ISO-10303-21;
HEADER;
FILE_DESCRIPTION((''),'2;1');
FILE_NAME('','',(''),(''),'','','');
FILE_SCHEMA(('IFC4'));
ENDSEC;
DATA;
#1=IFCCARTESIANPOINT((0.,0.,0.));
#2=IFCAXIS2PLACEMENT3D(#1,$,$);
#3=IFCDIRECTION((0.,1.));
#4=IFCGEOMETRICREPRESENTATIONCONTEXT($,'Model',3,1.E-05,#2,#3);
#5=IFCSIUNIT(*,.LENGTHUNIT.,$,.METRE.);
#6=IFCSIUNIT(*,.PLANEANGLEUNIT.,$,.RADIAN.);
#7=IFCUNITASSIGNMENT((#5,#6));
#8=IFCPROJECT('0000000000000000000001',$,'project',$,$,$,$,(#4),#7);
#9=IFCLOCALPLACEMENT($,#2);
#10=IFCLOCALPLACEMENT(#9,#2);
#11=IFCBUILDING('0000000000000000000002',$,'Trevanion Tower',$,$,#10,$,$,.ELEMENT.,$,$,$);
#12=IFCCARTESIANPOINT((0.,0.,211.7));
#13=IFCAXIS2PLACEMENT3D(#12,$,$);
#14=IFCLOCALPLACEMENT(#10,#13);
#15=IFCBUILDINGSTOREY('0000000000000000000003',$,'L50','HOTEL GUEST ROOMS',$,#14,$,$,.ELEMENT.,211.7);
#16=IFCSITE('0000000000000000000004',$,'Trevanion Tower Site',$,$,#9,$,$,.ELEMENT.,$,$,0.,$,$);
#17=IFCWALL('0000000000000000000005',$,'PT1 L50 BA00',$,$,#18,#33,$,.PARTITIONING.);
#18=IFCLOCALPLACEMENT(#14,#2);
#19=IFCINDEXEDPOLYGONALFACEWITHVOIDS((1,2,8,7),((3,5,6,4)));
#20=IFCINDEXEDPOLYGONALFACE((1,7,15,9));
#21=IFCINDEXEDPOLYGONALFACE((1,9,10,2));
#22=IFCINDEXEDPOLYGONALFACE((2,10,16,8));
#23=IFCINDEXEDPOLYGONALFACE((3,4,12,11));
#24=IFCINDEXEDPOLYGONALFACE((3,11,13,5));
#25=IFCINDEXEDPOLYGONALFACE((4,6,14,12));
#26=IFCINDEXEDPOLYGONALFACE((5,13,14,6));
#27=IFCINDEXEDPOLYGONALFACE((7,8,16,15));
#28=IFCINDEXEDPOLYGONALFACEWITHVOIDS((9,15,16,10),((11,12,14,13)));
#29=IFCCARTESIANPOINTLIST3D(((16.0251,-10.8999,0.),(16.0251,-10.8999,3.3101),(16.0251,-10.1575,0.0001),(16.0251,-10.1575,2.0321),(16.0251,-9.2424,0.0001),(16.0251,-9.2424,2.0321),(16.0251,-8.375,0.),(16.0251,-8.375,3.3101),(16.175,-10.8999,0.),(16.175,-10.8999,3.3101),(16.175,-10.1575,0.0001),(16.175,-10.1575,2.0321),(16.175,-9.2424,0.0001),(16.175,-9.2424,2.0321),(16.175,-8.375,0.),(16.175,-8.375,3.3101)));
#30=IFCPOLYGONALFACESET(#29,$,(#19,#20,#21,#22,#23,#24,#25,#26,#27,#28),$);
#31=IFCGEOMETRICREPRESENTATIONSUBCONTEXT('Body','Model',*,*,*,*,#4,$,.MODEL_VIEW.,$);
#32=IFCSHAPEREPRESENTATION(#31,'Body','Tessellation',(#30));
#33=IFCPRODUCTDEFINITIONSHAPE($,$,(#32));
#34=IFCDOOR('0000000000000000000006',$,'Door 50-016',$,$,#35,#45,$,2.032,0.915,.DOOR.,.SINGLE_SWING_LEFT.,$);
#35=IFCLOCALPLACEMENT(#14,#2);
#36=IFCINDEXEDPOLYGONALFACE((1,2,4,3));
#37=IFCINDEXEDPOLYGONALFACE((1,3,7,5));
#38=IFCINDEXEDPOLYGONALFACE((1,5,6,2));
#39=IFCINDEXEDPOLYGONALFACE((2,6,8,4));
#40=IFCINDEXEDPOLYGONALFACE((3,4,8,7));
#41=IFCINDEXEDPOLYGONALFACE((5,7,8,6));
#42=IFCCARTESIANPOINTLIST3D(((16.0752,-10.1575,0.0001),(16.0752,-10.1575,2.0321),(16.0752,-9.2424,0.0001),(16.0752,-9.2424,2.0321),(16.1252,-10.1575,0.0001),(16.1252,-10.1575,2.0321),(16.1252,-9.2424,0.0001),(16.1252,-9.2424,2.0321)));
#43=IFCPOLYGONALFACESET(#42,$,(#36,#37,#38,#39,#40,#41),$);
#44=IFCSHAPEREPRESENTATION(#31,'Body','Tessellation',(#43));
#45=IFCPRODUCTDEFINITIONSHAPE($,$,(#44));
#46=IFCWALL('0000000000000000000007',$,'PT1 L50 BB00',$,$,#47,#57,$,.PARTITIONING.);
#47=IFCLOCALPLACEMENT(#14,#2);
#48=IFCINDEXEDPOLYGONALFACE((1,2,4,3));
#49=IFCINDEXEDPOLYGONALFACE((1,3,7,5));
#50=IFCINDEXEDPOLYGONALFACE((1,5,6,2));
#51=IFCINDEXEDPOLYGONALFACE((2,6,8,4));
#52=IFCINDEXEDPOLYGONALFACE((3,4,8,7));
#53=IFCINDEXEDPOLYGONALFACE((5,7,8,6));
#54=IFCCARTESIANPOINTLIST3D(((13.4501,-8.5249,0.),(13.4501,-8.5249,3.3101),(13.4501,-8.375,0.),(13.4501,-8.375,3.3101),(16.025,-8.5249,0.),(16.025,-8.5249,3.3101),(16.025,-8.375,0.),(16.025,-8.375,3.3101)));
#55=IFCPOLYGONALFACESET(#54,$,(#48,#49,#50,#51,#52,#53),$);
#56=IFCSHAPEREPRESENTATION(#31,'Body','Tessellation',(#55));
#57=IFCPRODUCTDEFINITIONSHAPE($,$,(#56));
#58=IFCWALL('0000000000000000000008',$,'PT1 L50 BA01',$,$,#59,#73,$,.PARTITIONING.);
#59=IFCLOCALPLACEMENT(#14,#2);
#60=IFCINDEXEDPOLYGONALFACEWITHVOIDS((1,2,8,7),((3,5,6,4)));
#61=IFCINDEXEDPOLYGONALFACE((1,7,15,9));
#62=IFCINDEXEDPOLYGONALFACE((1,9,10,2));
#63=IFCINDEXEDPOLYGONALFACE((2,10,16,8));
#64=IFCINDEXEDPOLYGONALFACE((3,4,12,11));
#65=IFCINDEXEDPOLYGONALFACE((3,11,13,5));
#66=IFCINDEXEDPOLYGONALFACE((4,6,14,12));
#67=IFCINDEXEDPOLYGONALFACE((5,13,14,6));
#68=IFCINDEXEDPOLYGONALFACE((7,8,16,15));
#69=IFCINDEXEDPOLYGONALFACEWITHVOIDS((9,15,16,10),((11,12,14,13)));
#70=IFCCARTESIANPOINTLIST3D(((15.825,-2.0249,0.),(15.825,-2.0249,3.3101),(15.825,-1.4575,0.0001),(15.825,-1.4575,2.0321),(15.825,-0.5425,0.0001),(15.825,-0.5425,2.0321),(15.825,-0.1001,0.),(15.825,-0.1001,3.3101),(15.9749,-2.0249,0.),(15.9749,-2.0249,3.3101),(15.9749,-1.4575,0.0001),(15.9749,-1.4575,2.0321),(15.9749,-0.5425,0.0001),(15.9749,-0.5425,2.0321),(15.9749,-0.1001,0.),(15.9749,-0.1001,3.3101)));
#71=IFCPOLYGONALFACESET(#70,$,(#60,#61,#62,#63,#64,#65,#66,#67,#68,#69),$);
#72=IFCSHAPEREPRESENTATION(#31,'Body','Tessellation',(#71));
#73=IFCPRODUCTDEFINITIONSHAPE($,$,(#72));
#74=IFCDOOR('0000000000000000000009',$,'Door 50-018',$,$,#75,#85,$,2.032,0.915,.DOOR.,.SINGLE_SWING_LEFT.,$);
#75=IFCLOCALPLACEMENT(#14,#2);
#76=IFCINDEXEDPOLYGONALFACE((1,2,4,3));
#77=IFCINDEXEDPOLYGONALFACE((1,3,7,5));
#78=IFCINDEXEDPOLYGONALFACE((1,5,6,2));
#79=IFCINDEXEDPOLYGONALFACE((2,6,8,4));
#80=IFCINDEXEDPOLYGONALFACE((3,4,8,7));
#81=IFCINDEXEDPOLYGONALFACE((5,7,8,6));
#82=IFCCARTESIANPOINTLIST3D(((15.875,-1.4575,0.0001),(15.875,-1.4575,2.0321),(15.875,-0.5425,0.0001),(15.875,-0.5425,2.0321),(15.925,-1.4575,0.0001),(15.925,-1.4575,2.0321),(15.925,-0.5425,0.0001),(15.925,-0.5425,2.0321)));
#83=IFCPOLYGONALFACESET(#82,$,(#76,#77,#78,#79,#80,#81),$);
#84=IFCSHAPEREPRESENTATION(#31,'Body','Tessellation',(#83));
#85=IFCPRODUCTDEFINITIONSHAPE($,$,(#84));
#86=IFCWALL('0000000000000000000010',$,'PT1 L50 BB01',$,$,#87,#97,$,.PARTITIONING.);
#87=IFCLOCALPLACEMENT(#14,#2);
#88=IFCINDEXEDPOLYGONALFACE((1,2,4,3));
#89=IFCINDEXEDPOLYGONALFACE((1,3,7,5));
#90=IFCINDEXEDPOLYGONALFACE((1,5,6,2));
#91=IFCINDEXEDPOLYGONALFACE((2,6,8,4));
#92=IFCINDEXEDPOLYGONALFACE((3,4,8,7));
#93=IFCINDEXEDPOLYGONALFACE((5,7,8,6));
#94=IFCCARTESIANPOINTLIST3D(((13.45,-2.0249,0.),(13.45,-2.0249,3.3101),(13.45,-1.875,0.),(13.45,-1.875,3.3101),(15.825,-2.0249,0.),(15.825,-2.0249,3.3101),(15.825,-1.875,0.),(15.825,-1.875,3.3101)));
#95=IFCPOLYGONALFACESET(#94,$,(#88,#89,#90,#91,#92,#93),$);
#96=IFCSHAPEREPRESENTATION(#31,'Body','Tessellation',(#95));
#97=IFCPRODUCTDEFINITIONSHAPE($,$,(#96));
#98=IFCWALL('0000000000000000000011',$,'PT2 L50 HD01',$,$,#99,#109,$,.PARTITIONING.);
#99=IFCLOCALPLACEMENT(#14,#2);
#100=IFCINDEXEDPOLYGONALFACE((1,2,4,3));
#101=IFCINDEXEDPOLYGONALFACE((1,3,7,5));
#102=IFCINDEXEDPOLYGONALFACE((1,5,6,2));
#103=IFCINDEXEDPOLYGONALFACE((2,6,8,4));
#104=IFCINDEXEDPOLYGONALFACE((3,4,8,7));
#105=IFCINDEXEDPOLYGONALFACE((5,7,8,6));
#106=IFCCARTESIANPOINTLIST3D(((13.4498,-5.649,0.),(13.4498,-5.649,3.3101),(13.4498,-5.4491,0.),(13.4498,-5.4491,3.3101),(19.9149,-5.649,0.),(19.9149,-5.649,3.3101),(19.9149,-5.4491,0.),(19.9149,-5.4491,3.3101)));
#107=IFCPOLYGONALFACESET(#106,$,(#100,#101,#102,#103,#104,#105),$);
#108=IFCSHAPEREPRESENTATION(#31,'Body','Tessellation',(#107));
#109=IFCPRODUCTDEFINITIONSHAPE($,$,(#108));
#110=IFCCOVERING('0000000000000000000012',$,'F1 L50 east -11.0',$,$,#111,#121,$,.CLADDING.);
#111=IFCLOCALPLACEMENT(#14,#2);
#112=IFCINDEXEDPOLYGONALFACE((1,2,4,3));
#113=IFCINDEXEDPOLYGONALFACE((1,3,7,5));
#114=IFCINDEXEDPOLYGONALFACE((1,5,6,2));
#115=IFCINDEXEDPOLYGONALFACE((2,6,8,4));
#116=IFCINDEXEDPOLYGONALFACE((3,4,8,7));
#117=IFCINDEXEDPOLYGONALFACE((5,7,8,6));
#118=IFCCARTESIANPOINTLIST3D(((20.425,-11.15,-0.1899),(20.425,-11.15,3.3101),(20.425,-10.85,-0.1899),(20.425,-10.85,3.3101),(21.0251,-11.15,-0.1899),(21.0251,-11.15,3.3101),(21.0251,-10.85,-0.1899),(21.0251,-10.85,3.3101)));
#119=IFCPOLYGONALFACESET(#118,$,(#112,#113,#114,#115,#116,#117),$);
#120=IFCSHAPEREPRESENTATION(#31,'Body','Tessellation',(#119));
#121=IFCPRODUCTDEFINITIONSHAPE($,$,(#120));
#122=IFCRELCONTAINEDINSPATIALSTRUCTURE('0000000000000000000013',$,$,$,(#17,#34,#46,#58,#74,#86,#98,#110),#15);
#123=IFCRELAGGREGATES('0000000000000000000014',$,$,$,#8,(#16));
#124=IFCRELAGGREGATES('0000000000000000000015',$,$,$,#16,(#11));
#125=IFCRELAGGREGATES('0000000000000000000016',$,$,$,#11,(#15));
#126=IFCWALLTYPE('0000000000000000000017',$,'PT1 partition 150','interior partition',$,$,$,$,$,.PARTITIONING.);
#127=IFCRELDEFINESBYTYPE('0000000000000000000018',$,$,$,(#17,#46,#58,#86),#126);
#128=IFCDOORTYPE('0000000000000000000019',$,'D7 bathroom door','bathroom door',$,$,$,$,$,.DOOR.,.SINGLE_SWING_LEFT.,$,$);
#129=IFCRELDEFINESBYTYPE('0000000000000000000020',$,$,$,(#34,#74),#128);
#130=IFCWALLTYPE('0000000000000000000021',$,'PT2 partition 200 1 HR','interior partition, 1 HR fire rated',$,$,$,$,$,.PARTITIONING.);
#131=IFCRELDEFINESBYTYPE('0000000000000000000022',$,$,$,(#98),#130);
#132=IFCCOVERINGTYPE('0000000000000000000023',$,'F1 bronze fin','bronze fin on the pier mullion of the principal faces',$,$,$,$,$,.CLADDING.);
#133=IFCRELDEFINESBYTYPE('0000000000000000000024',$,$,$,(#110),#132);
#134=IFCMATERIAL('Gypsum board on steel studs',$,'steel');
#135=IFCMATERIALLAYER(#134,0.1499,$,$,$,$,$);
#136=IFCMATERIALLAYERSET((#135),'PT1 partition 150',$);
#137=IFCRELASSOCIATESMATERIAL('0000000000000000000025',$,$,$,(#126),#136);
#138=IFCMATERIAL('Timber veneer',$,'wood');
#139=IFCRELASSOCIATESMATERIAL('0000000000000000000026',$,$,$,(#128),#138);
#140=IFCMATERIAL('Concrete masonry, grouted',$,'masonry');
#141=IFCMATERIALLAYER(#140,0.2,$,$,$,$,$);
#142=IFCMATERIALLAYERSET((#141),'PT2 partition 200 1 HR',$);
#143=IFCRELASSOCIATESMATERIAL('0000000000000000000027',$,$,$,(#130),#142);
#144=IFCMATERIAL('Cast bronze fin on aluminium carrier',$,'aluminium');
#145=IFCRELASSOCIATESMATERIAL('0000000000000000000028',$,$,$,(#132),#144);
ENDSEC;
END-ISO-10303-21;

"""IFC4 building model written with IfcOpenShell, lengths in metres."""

from ifc_helpers import new_model, si_unit, direction, frame, frame_2d, origin, origin_2d, place, context, subcontext, project, spatial, rectangle, extrude, material, layer, layer_set, type_object, element, fill, save


model = new_model("IFC4")

# Units and contexts
model_context = context("Model", 3, precision=1e-05, world=origin(), true_north=direction((0.0, 1.0)))
body_context = subcontext(model_context, "Body", "Model", "MODEL_VIEW")
ifc_project = project(units=[si_unit("LENGTHUNIT", "METRE"), si_unit("PLANEANGLEUNIT", "RADIAN")], contexts=[model_context])

# Site, building, storey
site_placement = place(None, origin())
site = spatial("IfcSite", under=ifc_project, at=site_placement, Name="Trevanion Tower Site", CompositionType="ELEMENT", RefElevation=0.0)
building_placement = place(site_placement, origin())
building = spatial("IfcBuilding", under=site, at=building_placement, Name="Trevanion Tower", CompositionType="ELEMENT")
storey_placement = place(building_placement, frame((0.0, 0.0, 211.7)))
storey = spatial("IfcBuildingStorey", under=building, at=storey_placement, Name="L50", Description="HOTEL GUEST ROOMS", CompositionType="ELEMENT", Elevation=211.7)

# Wall, opening, door
ifc_material_1 = material(Name="Gypsum board on steel studs", Category="steel")
ifc_layer_1 = layer(ifc_material_1, 0.1499)
ifc_layer_set_1 = layer_set([ifc_layer_1], Name="PT1 partition 150")
wall_type_1 = type_object("IfcWallType", Name="PT1 partition 150", Description="interior partition", PredefinedType="PARTITIONING", material=ifc_layer_set_1)
wall_1_placement = place(storey_placement, frame((16.1001, -10.8999, 0.0), z_axis=(0.0, 0.0, 1.0), x_axis=(0.0, 1.0, 0.0)))
wall_1 = element("IfcWall", 1, at=wall_1_placement, inside=storey, type_object=wall_type_1, Name="PT1 L50 BA00", PredefinedType="PARTITIONING", context=body_context, shape_type="SweptSolid", body=[
    extrude(rectangle(XDim=2.5249, YDim=0.1499, at=frame_2d((1.2625, 0.0))), origin(), (0.0, 0.0, 1.0), 3.3101),
])
opening_1_placement = place(wall_1_placement, frame((0.7424, 0.0, 0.0)))
opening_1 = element("IfcOpeningElement", 2, at=opening_1_placement, cuts=wall_1, PredefinedType="OPENING", context=body_context, shape_type="SweptSolid", body=[
    extrude(rectangle(XDim=0.915, YDim=2.032, at=frame_2d((0.4575, 1.0161))), frame((0.0, 0.085, 0.0), z_axis=(0.0, -1.0, 0.0), x_axis=(1.0, 0.0, 0.0)), (0.0, 0.0, 1.0), 0.1699),
])
ifc_material_2 = material(Name="Timber veneer", Category="wood")
door_type = type_object("IfcDoorType", Name="D7 bathroom door", Description="bathroom door", OperationType="SINGLE_SWING_LEFT", PredefinedType="DOOR", material=ifc_material_2)
door_1_placement = place(opening_1_placement, origin())
door_1 = element("IfcDoor", 3, at=door_1_placement, inside=storey, type_object=door_type, Name="Door 50-016", OperationType="SINGLE_SWING_LEFT", OverallHeight=2.032, OverallWidth=0.915, PredefinedType="DOOR", context=body_context, shape_type="SweptSolid", body=[
    extrude(rectangle(XDim=0.915, YDim=2.032, at=frame_2d((0.4575, 1.0161))), frame((0.0, 0.0249, 0.0), z_axis=(0.0, -1.0, 0.0), x_axis=(1.0, 0.0, 0.0)), (0.0, 0.0, 1.0), 0.05),
])
fill(opening_1, door_1)

# Wall
wall_2_placement = place(storey_placement, frame((13.45, -8.45, 0.0), z_axis=(0.0, 0.0, 1.0), x_axis=(1.0, 0.0, 0.0)))
element("IfcWall", 4, at=wall_2_placement, inside=storey, type_object=wall_type_1, Name="PT1 L50 BB00", PredefinedType="PARTITIONING", context=body_context, shape_type="SweptSolid", body=[
    extrude(rectangle(XDim=2.575, YDim=0.1499, at=frame_2d((1.2876, 0.0))), origin(), (0.0, 0.0, 1.0), 3.3101),
])

# Wall, opening, door
wall_3_placement = place(storey_placement, frame((15.8999, -2.0249, 0.0), z_axis=(0.0, 0.0, 1.0), x_axis=(0.0, 1.0, 0.0)))
wall_3 = element("IfcWall", 5, at=wall_3_placement, inside=storey, type_object=wall_type_1, Name="PT1 L50 BA01", PredefinedType="PARTITIONING", context=body_context, shape_type="SweptSolid", body=[
    extrude(rectangle(XDim=1.9248, YDim=0.1499, at=frame_2d((0.9624, 0.0))), origin(), (0.0, 0.0, 1.0), 3.3101),
])
opening_2_placement = place(wall_3_placement, frame((0.5674, 0.0, 0.0)))
opening_2 = element("IfcOpeningElement", 6, at=opening_2_placement, cuts=wall_3, PredefinedType="OPENING", context=body_context, shape_type="SweptSolid", body=[
    extrude(rectangle(XDim=0.915, YDim=2.032, at=frame_2d((0.4575, 1.0161))), frame((0.0, 0.085, 0.0), z_axis=(0.0, -1.0, 0.0), x_axis=(1.0, 0.0, 0.0)), (0.0, 0.0, 1.0), 0.1699),
])
door_2_placement = place(opening_2_placement, origin())
door_2 = element("IfcDoor", 7, at=door_2_placement, inside=storey, type_object=door_type, Name="Door 50-018", OperationType="SINGLE_SWING_LEFT", OverallHeight=2.032, OverallWidth=0.915, PredefinedType="DOOR", context=body_context, shape_type="SweptSolid", body=[
    extrude(rectangle(XDim=0.915, YDim=2.032, at=frame_2d((0.4575, 1.0161))), frame((0.0, 0.0249, 0.0), z_axis=(0.0, -1.0, 0.0), x_axis=(1.0, 0.0, 0.0)), (0.0, 0.0, 1.0), 0.05),
])
fill(opening_2, door_2)

# Walls
wall_4_placement = place(storey_placement, frame((13.45, -1.95, 0.0), z_axis=(0.0, 0.0, 1.0), x_axis=(1.0, 0.0, 0.0)))
element("IfcWall", 8, at=wall_4_placement, inside=storey, type_object=wall_type_1, Name="PT1 L50 BB01", PredefinedType="PARTITIONING", context=body_context, shape_type="SweptSolid", body=[
    extrude(rectangle(XDim=2.375, YDim=0.1499, at=frame_2d((1.1875, 0.0))), origin(), (0.0, 0.0, 1.0), 3.3101),
])
ifc_material_3 = material(Name="Concrete masonry, grouted", Category="masonry")
ifc_layer_2 = layer(ifc_material_3, 0.2)
ifc_layer_set_2 = layer_set([ifc_layer_2], Name="PT2 partition 200 1 HR")
wall_type_2 = type_object("IfcWallType", Name="PT2 partition 200 1 HR", Description="interior partition, 1 HR fire rated", PredefinedType="PARTITIONING", material=ifc_layer_set_2)
wall_5_placement = place(storey_placement, frame((13.45, -5.5491, 0.0), z_axis=(0.0, 0.0, 1.0), x_axis=(1.0, 0.0, 0.0)))
element("IfcWall", 9, at=wall_5_placement, inside=storey, type_object=wall_type_2, Name="PT2 L50 HD01", PredefinedType="PARTITIONING", context=body_context, shape_type="SweptSolid", body=[
    extrude(rectangle(XDim=6.4651, YDim=0.2, at=frame_2d((3.2324, 0.0))), origin(), (0.0, 0.0, 1.0), 3.3101),
])

# Covering
ifc_material_4 = material(Name="Cast bronze fin on aluminium carrier", Category="aluminium")
covering_type = type_object("IfcCoveringType", Name="F1 bronze fin", Description="bronze fin on the pier mullion of the principal faces", PredefinedType="CLADDING", material=ifc_material_4)
covering_placement = place(storey_placement, frame((20.7251, -11.0, -0.1899), z_axis=(0.0, 0.0, 1.0), x_axis=(0.0, 1.0, 0.0)))
element("IfcCovering", 10, at=covering_placement, inside=storey, type_object=covering_type, Name="F1 L50 east -11.0", PredefinedType="CLADDING", context=body_context, shape_type="SweptSolid", body=[
    extrude(rectangle(XDim=0.3, YDim=0.6001, at=origin_2d()), origin(), (0.0, 0.0, 1.0), 3.5),
])

save(model, "model.ifc")
